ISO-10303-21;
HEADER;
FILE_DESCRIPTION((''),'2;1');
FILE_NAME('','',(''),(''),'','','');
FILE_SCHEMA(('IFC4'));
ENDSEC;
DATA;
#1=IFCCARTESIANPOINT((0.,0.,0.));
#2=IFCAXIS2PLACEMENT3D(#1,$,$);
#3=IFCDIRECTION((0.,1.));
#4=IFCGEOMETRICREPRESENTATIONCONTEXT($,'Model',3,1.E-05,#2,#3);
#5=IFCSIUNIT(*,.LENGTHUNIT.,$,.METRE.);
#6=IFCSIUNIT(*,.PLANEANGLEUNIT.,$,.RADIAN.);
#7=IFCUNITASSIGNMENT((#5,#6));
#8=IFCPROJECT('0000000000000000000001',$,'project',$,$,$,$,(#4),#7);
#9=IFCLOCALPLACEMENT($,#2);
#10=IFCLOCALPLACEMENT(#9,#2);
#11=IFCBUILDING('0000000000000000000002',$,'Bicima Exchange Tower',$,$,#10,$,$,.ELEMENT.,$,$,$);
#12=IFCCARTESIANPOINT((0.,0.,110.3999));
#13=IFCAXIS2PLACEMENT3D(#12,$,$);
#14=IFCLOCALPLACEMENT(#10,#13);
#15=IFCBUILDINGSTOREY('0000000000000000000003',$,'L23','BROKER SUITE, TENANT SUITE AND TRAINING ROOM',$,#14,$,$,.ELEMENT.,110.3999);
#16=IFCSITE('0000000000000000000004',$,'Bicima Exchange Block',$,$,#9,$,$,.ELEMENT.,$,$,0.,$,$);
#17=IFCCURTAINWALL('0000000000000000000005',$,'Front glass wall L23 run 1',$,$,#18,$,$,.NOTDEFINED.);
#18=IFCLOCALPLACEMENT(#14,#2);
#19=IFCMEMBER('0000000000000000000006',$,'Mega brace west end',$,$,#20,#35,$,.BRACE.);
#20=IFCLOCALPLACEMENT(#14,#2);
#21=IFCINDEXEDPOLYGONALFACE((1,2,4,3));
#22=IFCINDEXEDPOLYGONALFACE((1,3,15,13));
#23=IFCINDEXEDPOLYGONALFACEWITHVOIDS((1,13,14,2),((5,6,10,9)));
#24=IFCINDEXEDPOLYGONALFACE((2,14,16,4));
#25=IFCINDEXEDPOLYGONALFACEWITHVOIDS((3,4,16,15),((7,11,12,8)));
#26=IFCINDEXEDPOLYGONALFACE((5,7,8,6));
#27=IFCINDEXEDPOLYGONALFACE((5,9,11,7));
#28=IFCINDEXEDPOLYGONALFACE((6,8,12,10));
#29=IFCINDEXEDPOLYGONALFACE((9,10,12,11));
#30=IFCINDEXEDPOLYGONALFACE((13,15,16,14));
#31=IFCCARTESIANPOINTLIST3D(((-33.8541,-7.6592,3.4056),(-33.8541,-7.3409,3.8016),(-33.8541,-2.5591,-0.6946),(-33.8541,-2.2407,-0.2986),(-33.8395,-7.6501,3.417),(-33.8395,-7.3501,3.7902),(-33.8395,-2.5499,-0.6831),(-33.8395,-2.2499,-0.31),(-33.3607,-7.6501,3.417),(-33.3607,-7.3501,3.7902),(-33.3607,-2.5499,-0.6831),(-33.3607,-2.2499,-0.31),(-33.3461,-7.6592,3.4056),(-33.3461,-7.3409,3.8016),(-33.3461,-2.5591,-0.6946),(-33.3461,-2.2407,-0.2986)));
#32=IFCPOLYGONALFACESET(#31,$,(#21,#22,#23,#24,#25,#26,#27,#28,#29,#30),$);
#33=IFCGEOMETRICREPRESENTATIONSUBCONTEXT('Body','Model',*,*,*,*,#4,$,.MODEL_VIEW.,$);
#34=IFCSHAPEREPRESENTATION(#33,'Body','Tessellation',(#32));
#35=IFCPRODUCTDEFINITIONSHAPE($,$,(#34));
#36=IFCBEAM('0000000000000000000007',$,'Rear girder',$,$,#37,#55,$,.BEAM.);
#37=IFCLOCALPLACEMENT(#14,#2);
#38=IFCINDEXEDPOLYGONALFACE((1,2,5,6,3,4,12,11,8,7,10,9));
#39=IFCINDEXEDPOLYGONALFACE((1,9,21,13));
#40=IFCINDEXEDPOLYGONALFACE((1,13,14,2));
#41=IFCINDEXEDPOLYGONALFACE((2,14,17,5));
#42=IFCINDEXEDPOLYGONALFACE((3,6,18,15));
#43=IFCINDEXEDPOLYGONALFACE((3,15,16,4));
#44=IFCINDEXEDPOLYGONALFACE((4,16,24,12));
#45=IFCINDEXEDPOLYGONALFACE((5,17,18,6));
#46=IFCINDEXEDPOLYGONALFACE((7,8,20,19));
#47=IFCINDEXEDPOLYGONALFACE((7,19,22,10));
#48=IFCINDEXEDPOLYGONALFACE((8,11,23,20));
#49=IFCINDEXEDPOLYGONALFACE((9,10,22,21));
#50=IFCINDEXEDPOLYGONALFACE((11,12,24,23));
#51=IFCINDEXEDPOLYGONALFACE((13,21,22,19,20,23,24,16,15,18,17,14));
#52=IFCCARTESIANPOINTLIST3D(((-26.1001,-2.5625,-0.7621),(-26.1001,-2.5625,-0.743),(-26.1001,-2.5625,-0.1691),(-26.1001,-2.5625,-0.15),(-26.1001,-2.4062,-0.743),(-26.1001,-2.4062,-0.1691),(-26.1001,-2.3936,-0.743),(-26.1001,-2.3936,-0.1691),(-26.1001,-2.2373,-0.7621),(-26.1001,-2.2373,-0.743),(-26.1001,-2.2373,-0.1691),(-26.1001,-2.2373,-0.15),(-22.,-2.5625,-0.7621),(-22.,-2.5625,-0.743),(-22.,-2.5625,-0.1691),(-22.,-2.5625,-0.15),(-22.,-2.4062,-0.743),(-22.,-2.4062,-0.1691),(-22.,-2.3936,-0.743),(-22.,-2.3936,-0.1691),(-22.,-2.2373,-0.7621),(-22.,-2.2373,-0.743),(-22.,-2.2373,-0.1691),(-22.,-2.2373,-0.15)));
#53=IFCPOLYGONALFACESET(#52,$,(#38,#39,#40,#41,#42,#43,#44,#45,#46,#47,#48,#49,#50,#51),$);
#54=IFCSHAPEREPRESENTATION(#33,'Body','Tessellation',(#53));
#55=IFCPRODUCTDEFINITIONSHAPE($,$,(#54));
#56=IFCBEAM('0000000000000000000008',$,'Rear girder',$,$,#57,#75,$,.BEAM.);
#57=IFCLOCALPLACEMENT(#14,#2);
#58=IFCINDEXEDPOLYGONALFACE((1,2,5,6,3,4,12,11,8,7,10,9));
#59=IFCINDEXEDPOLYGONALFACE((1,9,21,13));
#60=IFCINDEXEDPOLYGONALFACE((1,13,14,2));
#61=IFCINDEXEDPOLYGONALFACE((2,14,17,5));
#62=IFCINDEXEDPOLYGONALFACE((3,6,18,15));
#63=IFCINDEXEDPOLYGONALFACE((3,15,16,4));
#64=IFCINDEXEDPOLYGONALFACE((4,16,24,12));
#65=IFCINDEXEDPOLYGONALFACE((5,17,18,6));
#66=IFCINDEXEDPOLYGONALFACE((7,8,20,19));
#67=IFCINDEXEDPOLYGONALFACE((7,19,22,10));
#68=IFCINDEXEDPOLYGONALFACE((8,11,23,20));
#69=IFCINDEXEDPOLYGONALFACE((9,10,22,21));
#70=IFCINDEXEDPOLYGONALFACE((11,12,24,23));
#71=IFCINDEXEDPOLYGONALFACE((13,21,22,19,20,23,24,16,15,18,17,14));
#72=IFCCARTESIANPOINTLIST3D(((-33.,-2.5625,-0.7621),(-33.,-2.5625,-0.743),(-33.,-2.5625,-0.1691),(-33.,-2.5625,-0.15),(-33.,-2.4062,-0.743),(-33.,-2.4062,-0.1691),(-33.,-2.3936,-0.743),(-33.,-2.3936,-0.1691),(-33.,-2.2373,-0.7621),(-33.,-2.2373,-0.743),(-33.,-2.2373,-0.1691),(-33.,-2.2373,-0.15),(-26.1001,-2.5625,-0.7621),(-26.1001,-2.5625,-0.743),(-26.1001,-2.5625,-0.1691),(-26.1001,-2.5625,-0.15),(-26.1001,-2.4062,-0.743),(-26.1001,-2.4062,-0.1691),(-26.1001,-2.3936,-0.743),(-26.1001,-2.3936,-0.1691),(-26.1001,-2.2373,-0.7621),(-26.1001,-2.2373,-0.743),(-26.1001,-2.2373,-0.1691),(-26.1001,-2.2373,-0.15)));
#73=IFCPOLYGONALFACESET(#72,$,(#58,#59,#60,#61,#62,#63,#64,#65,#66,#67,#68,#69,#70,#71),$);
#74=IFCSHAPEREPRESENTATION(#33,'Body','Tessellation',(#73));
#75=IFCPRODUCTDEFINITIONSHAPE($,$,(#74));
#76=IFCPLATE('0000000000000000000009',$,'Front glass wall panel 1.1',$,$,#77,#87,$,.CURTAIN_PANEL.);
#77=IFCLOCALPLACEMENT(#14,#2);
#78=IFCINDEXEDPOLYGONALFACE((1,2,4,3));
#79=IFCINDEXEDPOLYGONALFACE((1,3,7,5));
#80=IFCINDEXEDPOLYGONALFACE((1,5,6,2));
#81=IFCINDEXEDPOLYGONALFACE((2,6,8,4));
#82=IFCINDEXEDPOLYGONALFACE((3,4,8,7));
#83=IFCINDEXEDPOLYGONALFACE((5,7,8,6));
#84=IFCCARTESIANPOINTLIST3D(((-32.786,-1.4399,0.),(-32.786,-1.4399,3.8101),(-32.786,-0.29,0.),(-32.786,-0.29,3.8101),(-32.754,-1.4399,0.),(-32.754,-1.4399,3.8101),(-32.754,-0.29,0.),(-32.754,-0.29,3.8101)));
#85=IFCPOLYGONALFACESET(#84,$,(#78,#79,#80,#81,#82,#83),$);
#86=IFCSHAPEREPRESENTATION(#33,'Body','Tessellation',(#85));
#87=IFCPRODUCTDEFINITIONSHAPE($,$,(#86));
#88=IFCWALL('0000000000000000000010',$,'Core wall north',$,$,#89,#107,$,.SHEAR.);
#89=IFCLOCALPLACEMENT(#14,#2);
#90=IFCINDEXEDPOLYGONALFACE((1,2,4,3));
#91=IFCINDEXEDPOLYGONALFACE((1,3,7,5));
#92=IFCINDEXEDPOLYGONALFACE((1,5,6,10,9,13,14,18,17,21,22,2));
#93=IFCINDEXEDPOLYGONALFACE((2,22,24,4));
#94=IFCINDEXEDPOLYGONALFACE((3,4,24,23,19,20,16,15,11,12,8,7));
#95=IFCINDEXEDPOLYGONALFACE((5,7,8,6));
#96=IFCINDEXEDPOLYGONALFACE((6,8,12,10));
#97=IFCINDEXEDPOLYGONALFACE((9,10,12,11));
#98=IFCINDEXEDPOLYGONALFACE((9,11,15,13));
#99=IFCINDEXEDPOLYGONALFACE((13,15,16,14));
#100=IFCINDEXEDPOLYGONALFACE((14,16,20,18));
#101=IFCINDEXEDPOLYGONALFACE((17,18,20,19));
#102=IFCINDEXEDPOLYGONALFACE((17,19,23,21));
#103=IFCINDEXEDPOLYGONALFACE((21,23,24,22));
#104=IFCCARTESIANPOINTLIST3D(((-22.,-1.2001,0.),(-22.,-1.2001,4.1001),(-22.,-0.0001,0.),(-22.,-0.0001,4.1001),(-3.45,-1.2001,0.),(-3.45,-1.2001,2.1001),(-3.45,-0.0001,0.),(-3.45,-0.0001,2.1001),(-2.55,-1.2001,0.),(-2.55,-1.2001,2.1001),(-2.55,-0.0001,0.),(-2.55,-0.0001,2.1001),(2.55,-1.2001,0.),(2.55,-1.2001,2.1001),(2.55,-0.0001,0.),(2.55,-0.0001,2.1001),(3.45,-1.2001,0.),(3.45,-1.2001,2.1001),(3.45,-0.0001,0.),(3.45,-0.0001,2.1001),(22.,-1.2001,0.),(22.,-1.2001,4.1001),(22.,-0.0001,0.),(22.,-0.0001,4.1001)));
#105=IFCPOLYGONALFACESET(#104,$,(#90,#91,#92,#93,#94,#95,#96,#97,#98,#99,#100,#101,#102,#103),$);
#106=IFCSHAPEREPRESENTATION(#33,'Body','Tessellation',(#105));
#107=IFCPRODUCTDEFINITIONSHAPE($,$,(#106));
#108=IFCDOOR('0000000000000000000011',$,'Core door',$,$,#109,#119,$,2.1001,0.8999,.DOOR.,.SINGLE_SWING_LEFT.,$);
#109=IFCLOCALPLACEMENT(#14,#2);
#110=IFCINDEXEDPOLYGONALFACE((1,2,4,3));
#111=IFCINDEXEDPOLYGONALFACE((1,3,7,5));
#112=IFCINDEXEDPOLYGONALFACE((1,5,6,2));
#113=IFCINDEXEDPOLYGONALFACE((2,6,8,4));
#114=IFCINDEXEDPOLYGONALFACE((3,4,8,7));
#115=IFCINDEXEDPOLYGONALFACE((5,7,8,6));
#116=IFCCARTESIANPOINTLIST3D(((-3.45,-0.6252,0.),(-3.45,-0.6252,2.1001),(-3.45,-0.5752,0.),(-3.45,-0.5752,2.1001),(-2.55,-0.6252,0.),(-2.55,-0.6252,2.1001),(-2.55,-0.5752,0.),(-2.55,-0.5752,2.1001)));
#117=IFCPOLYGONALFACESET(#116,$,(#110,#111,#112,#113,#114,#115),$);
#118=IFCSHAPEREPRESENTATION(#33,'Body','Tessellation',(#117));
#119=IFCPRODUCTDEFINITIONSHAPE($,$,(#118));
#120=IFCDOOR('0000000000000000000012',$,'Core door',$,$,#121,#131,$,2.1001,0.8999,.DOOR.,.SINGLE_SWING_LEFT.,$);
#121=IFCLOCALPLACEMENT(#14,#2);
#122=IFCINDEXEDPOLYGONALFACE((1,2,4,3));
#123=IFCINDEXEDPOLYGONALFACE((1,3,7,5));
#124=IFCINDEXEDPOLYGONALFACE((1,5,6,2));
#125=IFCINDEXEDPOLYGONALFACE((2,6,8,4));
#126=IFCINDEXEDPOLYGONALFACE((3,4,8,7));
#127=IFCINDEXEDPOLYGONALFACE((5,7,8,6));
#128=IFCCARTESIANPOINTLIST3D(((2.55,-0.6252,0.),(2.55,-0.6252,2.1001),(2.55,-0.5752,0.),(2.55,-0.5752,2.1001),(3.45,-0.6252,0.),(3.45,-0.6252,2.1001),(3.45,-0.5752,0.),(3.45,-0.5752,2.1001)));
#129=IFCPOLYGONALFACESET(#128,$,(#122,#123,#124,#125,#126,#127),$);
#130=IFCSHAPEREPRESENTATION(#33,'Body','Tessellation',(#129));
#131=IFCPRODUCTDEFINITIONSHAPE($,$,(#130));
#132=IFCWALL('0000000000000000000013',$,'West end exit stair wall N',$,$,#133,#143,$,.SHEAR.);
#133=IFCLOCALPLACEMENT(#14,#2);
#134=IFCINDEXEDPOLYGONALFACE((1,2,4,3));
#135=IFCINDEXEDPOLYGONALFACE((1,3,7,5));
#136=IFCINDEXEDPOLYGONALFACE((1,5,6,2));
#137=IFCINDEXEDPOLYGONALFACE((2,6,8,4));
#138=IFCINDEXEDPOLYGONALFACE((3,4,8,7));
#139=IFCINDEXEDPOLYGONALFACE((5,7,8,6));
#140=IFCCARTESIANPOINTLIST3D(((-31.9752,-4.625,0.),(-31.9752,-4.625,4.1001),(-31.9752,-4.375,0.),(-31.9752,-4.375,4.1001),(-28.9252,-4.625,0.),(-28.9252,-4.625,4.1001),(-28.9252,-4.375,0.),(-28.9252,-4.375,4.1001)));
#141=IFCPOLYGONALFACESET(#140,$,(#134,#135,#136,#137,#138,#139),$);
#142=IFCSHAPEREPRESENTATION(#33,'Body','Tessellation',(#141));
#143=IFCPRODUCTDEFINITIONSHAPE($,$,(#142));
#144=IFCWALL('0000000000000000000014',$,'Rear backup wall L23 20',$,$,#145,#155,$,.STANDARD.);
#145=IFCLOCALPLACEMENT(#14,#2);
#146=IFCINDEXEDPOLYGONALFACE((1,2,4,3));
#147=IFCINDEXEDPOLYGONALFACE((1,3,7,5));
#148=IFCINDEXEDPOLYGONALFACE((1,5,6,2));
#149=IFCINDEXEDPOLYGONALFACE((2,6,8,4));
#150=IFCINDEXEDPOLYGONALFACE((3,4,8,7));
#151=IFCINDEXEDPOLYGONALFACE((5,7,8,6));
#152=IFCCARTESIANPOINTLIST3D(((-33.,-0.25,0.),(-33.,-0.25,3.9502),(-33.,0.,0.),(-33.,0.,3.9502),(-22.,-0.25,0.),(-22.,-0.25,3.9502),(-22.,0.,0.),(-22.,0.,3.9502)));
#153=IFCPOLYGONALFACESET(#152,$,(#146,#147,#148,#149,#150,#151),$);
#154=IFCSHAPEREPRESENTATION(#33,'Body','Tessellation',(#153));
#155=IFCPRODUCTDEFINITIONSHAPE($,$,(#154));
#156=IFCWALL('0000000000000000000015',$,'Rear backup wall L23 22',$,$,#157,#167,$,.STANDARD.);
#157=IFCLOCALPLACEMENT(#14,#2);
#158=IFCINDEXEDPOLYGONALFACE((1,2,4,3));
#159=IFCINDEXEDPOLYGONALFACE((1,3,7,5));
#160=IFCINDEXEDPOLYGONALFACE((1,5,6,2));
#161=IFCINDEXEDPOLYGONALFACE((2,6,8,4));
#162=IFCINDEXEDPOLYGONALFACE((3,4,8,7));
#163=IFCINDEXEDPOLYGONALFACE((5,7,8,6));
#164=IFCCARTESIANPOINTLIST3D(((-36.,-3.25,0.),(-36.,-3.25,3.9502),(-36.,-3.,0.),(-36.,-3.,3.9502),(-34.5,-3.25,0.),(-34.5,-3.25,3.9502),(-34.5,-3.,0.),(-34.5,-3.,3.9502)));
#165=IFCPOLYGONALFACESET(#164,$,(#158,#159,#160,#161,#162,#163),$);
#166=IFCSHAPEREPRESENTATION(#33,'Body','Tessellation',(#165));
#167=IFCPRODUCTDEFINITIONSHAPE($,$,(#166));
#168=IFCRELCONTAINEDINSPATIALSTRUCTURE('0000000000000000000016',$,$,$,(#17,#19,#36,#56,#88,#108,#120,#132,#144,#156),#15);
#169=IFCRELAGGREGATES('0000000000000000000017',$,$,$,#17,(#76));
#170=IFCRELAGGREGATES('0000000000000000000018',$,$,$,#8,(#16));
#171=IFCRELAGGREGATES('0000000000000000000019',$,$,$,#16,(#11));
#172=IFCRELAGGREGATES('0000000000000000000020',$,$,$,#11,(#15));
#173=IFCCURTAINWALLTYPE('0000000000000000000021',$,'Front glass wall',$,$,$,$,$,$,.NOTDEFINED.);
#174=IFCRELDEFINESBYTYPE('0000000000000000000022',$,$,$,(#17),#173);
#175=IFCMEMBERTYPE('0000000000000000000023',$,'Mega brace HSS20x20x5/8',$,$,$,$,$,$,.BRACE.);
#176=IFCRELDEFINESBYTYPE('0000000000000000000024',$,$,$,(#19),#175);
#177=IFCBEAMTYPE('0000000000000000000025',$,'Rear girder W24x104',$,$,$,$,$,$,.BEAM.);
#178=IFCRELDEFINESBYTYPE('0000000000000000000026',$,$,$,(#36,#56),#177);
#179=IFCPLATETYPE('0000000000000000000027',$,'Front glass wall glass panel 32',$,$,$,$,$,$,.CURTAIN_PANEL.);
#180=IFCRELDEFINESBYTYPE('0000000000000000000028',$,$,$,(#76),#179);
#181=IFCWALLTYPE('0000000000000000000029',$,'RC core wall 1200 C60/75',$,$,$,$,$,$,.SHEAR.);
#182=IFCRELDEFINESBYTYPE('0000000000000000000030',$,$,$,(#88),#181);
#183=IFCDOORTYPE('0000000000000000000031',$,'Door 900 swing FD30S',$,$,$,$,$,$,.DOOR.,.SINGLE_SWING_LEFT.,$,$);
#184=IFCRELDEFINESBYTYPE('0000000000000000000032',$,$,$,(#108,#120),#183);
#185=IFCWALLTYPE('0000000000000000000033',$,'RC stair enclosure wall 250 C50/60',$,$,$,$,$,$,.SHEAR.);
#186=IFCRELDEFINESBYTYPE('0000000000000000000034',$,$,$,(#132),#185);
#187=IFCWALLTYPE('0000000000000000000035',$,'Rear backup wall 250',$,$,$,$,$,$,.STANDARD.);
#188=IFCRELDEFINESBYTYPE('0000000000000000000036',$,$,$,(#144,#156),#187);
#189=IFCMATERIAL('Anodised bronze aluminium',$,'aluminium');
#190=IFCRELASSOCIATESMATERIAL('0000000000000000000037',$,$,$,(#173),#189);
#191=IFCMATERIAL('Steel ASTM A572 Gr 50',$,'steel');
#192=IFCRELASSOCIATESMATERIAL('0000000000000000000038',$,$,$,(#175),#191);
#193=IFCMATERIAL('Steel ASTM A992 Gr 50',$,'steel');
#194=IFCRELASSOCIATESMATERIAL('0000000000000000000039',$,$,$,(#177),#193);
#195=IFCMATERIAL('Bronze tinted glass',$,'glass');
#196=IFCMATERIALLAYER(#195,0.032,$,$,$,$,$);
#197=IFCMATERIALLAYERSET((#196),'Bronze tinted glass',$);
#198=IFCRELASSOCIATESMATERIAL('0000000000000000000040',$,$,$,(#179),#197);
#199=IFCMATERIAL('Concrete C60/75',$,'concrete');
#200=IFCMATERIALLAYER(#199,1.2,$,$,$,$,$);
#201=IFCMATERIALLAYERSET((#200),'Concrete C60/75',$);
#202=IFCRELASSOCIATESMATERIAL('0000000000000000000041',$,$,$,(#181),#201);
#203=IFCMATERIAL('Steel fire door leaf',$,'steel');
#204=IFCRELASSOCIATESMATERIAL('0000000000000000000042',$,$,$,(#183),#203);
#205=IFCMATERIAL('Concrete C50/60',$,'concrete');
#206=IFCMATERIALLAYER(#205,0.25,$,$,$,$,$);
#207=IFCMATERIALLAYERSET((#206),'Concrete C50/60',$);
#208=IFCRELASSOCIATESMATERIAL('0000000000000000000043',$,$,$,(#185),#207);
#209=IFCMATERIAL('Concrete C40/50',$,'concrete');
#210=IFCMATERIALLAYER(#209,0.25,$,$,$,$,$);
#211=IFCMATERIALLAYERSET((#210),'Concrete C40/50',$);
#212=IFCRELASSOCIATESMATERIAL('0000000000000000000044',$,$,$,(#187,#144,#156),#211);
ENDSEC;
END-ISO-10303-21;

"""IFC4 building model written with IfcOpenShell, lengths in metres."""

from ifc_helpers import new_model, si_unit, direction, frame, frame_2d, origin, origin_2d, place, context, subcontext, project, spatial, rectangle, hollow_rectangle, i_section, extrude, material, layer, layer_set, layer_usage, material_profile, profile_set, type_object, element, fill, aggregate, save


model = new_model("IFC4")

# Units and contexts
model_context = context("Model", 3, precision=1e-05, world=origin(), true_north=direction((0.0, 1.0)))
body_context = subcontext(model_context, "Body", "Model", "MODEL_VIEW")
ifc_project = project(units=[si_unit("LENGTHUNIT", "METRE"), si_unit("PLANEANGLEUNIT", "RADIAN")], contexts=[model_context])

# Site, building, storey
site_placement = place(None, origin())
site = spatial("IfcSite", under=ifc_project, at=site_placement, Name="Bicima Exchange Block", CompositionType="ELEMENT", RefElevation=0.0)
building_placement = place(site_placement, origin())
building = spatial("IfcBuilding", under=site, at=building_placement, Name="Bicima Exchange Tower", CompositionType="ELEMENT")
storey_placement = place(building_placement, frame((0.0, 0.0, 110.3999)))
storey = spatial("IfcBuildingStorey", under=building, at=storey_placement, Name="L23", Description="BROKER SUITE, TENANT SUITE AND TRAINING ROOM", CompositionType="ELEMENT", Elevation=110.3999)

# Shared definitions
ifc_material_1 = material(Name="Steel ASTM A572 Gr 50", Category="steel")
ifc_material_2 = material(Name="Steel ASTM A992 Gr 50", Category="steel")

# Curtain wall
ifc_material_3 = material(Name="Anodised bronze aluminium", Category="aluminium")
curtain_wall_type = type_object("IfcCurtainWallType", Name="Front glass wall", PredefinedType="NOTDEFINED", material=ifc_material_3)
curtain_wall_placement = place(storey_placement, origin())
curtain_wall = element("IfcCurtainWall", 1, at=curtain_wall_placement, inside=storey, type_object=curtain_wall_type, Name="Front glass wall L23 run 1", PredefinedType="NOTDEFINED")

# Member
ifc_material_profile_1 = material_profile(ifc_material_1, hollow_rectangle(XDim=0.5081, YDim=0.5081, WallThickness=0.0146, at=origin_2d()))
ifc_profile_set_1 = profile_set([ifc_material_profile_1], Name="Steel ASTM A572 Gr 50")
member_type_1 = type_object("IfcMemberType", Name="Mega brace HSS20x20x5/8", PredefinedType="BRACE", material=ifc_profile_set_1)
member_1_placement = place(storey_placement, frame((-33.6001, -2.3999, -0.4966), z_axis=(0.0, -0.779374, 0.626559), x_axis=(1.0, 0.0, 0.0)))
element("IfcMember", 2, at=member_1_placement, inside=storey, type_object=member_type_1, Name="Mega brace west end", PredefinedType="BRACE", context=body_context, shape_type="SweptSolid", body=[
    extrude(hollow_rectangle(XDim=0.5081, YDim=0.5081, WallThickness=0.0146, at=origin_2d()), origin(), (0.0, 0.0, 1.0), 6.5439),
])

# Beams
ifc_material_profile_2 = material_profile(ifc_material_2, i_section(OverallWidth=0.3252, OverallDepth=0.6121, WebThickness=0.0127, FlangeThickness=0.019, at=origin_2d()))
ifc_profile_set_2 = profile_set([ifc_material_profile_2], Name="Steel ASTM A992 Gr 50")
beam_type_1 = type_object("IfcBeamType", Name="Rear girder W24x104", PredefinedType="BEAM", material=ifc_profile_set_2)
beam_1_placement = place(storey_placement, frame((-22.0, -2.3999, -0.4561), z_axis=(-1.0, 0.0, 0.0), x_axis=(0.0, -1.0, 0.0)))
element("IfcBeam", 3, at=beam_1_placement, inside=storey, type_object=beam_type_1, Name="Rear girder", PredefinedType="BEAM", context=body_context, shape_type="SweptSolid", body=[
    extrude(i_section(OverallWidth=0.3252, OverallDepth=0.6121, WebThickness=0.0127, FlangeThickness=0.019, at=origin_2d()), origin(), (0.0, 0.0, 1.0), 4.1001),
])
beam_2_placement = place(storey_placement, frame((-26.1001, -2.3999, -0.4561), z_axis=(-1.0, 0.0, 0.0), x_axis=(0.0, -1.0, 0.0)))
element("IfcBeam", 4, at=beam_2_placement, inside=storey, type_object=beam_type_1, Name="Rear girder", PredefinedType="BEAM", context=body_context, shape_type="SweptSolid", body=[
    extrude(i_section(OverallWidth=0.3252, OverallDepth=0.6121, WebThickness=0.0127, FlangeThickness=0.019, at=origin_2d()), origin(), (0.0, 0.0, 1.0), 6.8999),
])

# Plate
ifc_material_4 = material(Name="Bronze tinted glass", Category="glass")
ifc_layer_1 = layer(ifc_material_4, 0.032)
ifc_layer_set_1 = layer_set([ifc_layer_1], Name="Bronze tinted glass")
plate_type = type_object("IfcPlateType", Name="Front glass wall glass panel 32", PredefinedType="CURTAIN_PANEL", material=ifc_layer_set_1)
plate_placement = place(storey_placement, frame((-32.77, -0.865, 0.0), z_axis=(0.0, 0.0, 1.0), x_axis=(0.0, -1.0, 0.0)))
plate = element("IfcPlate", 5, at=plate_placement, type_object=plate_type, Name="Front glass wall panel 1.1", PredefinedType="CURTAIN_PANEL", context=body_context, shape_type="SweptSolid", body=[
    extrude(rectangle(XDim=1.1499, YDim=0.032, at=origin_2d()), origin(), (0.0, 0.0, 1.0), 3.8101),
])
aggregate(curtain_wall, [plate])

# Wall, openings, doors
ifc_material_5 = material(Name="Concrete C60/75", Category="concrete")
ifc_layer_2 = layer(ifc_material_5, 1.2)
ifc_layer_set_2 = layer_set([ifc_layer_2], Name="Concrete C60/75")
wall_type_1 = type_object("IfcWallType", Name="RC core wall 1200 C60/75", PredefinedType="SHEAR", material=ifc_layer_set_2)
wall_1_placement = place(storey_placement, frame((-22.0, -0.6001, 0.0), z_axis=(0.0, 0.0, 1.0), x_axis=(1.0, 0.0, 0.0)))
wall_1 = element("IfcWall", 6, at=wall_1_placement, inside=storey, type_object=wall_type_1, Name="Core wall north", PredefinedType="SHEAR", context=body_context, shape_type="SweptSolid", body=[
    extrude(rectangle(XDim=44.0, YDim=1.2, at=frame_2d((22.0, 0.0))), origin(), (0.0, 0.0, 1.0), 4.1001),
])
opening_1_placement = place(wall_1_placement, frame((18.55, 0.0, 0.0)))
opening_1 = element("IfcOpeningElement", 7, at=opening_1_placement, cuts=wall_1, PredefinedType="OPENING", context=body_context, shape_type="SweptSolid", body=[
    extrude(rectangle(XDim=0.8999, YDim=2.1001, at=frame_2d((0.45, 1.05))), frame((0.0, 0.6118, 0.0), z_axis=(0.0, -1.0, 0.0), x_axis=(1.0, 0.0, 0.0)), (0.0, 0.0, 1.0), 1.2239),
])
opening_2_placement = place(wall_1_placement, frame((24.55, 0.0, 0.0)))
opening_2 = element("IfcOpeningElement", 8, at=opening_2_placement, cuts=wall_1, PredefinedType="OPENING", context=body_context, shape_type="SweptSolid", body=[
    extrude(rectangle(XDim=0.8999, YDim=2.1001, at=frame_2d((0.45, 1.05))), frame((0.0, 0.6118, 0.0), z_axis=(0.0, -1.0, 0.0), x_axis=(1.0, 0.0, 0.0)), (0.0, 0.0, 1.0), 1.2239),
])
ifc_material_6 = material(Name="Steel fire door leaf", Category="steel")
door_type = type_object("IfcDoorType", Name="Door 900 swing FD30S", OperationType="SINGLE_SWING_LEFT", PredefinedType="DOOR", material=ifc_material_6)
door_1_placement = place(opening_1_placement, origin())
door_1 = element("IfcDoor", 9, at=door_1_placement, inside=storey, type_object=door_type, Name="Core door", OperationType="SINGLE_SWING_LEFT", OverallHeight=2.1001, OverallWidth=0.8999, PredefinedType="DOOR", context=body_context, shape_type="SweptSolid", body=[
    extrude(rectangle(XDim=0.8999, YDim=2.1001, at=frame_2d((0.45, 1.05))), frame((0.0, 0.0249, 0.0), z_axis=(0.0, -1.0, 0.0), x_axis=(1.0, 0.0, 0.0)), (0.0, 0.0, 1.0), 0.05),
])
fill(opening_1, door_1)
door_2_placement = place(opening_2_placement, origin())
door_2 = element("IfcDoor", 10, at=door_2_placement, inside=storey, type_object=door_type, Name="Core door", OperationType="SINGLE_SWING_LEFT", OverallHeight=2.1001, OverallWidth=0.8999, PredefinedType="DOOR", context=body_context, shape_type="SweptSolid", body=[
    extrude(rectangle(XDim=0.8999, YDim=2.1001, at=frame_2d((0.45, 1.05))), frame((0.0, 0.0249, 0.0), z_axis=(0.0, -1.0, 0.0), x_axis=(1.0, 0.0, 0.0)), (0.0, 0.0, 1.0), 0.05),
])
fill(opening_2, door_2)

# Walls
ifc_material_7 = material(Name="Concrete C50/60", Category="concrete")
ifc_layer_3 = layer(ifc_material_7, 0.25)
ifc_layer_set_3 = layer_set([ifc_layer_3], Name="Concrete C50/60")
wall_type_2 = type_object("IfcWallType", Name="RC stair enclosure wall 250 C50/60", PredefinedType="SHEAR", material=ifc_layer_set_3)
wall_2_placement = place(storey_placement, frame((-31.9751, -4.5, 0.0), z_axis=(0.0, 0.0, 1.0), x_axis=(1.0, 0.0, 0.0)))
element("IfcWall", 11, at=wall_2_placement, inside=storey, type_object=wall_type_2, Name="West end exit stair wall N", PredefinedType="SHEAR", context=body_context, shape_type="SweptSolid", body=[
    extrude(rectangle(XDim=3.05, YDim=0.25, at=frame_2d((1.5249, 0.0))), origin(), (0.0, 0.0, 1.0), 4.1001),
])
ifc_material_8 = material(Name="Concrete C40/50", Category="concrete")
ifc_layer_4 = layer(ifc_material_8, 0.25)
ifc_layer_set_4 = layer_set([ifc_layer_4], Name="Concrete C40/50")
ifc_layer_usage = layer_usage(ifc_layer_set_4, "AXIS2", "POSITIVE", -0.125)
wall_type_3 = type_object("IfcWallType", Name="Rear backup wall 250", PredefinedType="STANDARD", material=ifc_layer_set_4)
wall_3_placement = place(storey_placement, frame((-22.0, -0.125, 0.0), z_axis=(0.0, 0.0, 1.0), x_axis=(-1.0, 0.0, 0.0)))
element("IfcWall", 12, at=wall_3_placement, inside=storey, type_object=wall_type_3, material=ifc_layer_usage, Name="Rear backup wall L23 20", PredefinedType="STANDARD", context=body_context, shape_type="SweptSolid", body=[
    extrude(rectangle(XDim=11.0, YDim=0.25, at=frame_2d((5.5, 0.0))), origin(), (0.0, 0.0, 1.0), 3.9502),
])
wall_4_placement = place(storey_placement, frame((-34.5, -3.125, 0.0), z_axis=(0.0, 0.0, 1.0), x_axis=(-1.0, 0.0, 0.0)))
element("IfcWall", 13, at=wall_4_placement, inside=storey, type_object=wall_type_3, material=ifc_layer_usage, Name="Rear backup wall L23 22", PredefinedType="STANDARD", context=body_context, shape_type="SweptSolid", body=[
    extrude(rectangle(XDim=1.5, YDim=0.25, at=frame_2d((0.75, 0.0))), origin(), (0.0, 0.0, 1.0), 3.9502),
])

save(model, "model.ifc")
